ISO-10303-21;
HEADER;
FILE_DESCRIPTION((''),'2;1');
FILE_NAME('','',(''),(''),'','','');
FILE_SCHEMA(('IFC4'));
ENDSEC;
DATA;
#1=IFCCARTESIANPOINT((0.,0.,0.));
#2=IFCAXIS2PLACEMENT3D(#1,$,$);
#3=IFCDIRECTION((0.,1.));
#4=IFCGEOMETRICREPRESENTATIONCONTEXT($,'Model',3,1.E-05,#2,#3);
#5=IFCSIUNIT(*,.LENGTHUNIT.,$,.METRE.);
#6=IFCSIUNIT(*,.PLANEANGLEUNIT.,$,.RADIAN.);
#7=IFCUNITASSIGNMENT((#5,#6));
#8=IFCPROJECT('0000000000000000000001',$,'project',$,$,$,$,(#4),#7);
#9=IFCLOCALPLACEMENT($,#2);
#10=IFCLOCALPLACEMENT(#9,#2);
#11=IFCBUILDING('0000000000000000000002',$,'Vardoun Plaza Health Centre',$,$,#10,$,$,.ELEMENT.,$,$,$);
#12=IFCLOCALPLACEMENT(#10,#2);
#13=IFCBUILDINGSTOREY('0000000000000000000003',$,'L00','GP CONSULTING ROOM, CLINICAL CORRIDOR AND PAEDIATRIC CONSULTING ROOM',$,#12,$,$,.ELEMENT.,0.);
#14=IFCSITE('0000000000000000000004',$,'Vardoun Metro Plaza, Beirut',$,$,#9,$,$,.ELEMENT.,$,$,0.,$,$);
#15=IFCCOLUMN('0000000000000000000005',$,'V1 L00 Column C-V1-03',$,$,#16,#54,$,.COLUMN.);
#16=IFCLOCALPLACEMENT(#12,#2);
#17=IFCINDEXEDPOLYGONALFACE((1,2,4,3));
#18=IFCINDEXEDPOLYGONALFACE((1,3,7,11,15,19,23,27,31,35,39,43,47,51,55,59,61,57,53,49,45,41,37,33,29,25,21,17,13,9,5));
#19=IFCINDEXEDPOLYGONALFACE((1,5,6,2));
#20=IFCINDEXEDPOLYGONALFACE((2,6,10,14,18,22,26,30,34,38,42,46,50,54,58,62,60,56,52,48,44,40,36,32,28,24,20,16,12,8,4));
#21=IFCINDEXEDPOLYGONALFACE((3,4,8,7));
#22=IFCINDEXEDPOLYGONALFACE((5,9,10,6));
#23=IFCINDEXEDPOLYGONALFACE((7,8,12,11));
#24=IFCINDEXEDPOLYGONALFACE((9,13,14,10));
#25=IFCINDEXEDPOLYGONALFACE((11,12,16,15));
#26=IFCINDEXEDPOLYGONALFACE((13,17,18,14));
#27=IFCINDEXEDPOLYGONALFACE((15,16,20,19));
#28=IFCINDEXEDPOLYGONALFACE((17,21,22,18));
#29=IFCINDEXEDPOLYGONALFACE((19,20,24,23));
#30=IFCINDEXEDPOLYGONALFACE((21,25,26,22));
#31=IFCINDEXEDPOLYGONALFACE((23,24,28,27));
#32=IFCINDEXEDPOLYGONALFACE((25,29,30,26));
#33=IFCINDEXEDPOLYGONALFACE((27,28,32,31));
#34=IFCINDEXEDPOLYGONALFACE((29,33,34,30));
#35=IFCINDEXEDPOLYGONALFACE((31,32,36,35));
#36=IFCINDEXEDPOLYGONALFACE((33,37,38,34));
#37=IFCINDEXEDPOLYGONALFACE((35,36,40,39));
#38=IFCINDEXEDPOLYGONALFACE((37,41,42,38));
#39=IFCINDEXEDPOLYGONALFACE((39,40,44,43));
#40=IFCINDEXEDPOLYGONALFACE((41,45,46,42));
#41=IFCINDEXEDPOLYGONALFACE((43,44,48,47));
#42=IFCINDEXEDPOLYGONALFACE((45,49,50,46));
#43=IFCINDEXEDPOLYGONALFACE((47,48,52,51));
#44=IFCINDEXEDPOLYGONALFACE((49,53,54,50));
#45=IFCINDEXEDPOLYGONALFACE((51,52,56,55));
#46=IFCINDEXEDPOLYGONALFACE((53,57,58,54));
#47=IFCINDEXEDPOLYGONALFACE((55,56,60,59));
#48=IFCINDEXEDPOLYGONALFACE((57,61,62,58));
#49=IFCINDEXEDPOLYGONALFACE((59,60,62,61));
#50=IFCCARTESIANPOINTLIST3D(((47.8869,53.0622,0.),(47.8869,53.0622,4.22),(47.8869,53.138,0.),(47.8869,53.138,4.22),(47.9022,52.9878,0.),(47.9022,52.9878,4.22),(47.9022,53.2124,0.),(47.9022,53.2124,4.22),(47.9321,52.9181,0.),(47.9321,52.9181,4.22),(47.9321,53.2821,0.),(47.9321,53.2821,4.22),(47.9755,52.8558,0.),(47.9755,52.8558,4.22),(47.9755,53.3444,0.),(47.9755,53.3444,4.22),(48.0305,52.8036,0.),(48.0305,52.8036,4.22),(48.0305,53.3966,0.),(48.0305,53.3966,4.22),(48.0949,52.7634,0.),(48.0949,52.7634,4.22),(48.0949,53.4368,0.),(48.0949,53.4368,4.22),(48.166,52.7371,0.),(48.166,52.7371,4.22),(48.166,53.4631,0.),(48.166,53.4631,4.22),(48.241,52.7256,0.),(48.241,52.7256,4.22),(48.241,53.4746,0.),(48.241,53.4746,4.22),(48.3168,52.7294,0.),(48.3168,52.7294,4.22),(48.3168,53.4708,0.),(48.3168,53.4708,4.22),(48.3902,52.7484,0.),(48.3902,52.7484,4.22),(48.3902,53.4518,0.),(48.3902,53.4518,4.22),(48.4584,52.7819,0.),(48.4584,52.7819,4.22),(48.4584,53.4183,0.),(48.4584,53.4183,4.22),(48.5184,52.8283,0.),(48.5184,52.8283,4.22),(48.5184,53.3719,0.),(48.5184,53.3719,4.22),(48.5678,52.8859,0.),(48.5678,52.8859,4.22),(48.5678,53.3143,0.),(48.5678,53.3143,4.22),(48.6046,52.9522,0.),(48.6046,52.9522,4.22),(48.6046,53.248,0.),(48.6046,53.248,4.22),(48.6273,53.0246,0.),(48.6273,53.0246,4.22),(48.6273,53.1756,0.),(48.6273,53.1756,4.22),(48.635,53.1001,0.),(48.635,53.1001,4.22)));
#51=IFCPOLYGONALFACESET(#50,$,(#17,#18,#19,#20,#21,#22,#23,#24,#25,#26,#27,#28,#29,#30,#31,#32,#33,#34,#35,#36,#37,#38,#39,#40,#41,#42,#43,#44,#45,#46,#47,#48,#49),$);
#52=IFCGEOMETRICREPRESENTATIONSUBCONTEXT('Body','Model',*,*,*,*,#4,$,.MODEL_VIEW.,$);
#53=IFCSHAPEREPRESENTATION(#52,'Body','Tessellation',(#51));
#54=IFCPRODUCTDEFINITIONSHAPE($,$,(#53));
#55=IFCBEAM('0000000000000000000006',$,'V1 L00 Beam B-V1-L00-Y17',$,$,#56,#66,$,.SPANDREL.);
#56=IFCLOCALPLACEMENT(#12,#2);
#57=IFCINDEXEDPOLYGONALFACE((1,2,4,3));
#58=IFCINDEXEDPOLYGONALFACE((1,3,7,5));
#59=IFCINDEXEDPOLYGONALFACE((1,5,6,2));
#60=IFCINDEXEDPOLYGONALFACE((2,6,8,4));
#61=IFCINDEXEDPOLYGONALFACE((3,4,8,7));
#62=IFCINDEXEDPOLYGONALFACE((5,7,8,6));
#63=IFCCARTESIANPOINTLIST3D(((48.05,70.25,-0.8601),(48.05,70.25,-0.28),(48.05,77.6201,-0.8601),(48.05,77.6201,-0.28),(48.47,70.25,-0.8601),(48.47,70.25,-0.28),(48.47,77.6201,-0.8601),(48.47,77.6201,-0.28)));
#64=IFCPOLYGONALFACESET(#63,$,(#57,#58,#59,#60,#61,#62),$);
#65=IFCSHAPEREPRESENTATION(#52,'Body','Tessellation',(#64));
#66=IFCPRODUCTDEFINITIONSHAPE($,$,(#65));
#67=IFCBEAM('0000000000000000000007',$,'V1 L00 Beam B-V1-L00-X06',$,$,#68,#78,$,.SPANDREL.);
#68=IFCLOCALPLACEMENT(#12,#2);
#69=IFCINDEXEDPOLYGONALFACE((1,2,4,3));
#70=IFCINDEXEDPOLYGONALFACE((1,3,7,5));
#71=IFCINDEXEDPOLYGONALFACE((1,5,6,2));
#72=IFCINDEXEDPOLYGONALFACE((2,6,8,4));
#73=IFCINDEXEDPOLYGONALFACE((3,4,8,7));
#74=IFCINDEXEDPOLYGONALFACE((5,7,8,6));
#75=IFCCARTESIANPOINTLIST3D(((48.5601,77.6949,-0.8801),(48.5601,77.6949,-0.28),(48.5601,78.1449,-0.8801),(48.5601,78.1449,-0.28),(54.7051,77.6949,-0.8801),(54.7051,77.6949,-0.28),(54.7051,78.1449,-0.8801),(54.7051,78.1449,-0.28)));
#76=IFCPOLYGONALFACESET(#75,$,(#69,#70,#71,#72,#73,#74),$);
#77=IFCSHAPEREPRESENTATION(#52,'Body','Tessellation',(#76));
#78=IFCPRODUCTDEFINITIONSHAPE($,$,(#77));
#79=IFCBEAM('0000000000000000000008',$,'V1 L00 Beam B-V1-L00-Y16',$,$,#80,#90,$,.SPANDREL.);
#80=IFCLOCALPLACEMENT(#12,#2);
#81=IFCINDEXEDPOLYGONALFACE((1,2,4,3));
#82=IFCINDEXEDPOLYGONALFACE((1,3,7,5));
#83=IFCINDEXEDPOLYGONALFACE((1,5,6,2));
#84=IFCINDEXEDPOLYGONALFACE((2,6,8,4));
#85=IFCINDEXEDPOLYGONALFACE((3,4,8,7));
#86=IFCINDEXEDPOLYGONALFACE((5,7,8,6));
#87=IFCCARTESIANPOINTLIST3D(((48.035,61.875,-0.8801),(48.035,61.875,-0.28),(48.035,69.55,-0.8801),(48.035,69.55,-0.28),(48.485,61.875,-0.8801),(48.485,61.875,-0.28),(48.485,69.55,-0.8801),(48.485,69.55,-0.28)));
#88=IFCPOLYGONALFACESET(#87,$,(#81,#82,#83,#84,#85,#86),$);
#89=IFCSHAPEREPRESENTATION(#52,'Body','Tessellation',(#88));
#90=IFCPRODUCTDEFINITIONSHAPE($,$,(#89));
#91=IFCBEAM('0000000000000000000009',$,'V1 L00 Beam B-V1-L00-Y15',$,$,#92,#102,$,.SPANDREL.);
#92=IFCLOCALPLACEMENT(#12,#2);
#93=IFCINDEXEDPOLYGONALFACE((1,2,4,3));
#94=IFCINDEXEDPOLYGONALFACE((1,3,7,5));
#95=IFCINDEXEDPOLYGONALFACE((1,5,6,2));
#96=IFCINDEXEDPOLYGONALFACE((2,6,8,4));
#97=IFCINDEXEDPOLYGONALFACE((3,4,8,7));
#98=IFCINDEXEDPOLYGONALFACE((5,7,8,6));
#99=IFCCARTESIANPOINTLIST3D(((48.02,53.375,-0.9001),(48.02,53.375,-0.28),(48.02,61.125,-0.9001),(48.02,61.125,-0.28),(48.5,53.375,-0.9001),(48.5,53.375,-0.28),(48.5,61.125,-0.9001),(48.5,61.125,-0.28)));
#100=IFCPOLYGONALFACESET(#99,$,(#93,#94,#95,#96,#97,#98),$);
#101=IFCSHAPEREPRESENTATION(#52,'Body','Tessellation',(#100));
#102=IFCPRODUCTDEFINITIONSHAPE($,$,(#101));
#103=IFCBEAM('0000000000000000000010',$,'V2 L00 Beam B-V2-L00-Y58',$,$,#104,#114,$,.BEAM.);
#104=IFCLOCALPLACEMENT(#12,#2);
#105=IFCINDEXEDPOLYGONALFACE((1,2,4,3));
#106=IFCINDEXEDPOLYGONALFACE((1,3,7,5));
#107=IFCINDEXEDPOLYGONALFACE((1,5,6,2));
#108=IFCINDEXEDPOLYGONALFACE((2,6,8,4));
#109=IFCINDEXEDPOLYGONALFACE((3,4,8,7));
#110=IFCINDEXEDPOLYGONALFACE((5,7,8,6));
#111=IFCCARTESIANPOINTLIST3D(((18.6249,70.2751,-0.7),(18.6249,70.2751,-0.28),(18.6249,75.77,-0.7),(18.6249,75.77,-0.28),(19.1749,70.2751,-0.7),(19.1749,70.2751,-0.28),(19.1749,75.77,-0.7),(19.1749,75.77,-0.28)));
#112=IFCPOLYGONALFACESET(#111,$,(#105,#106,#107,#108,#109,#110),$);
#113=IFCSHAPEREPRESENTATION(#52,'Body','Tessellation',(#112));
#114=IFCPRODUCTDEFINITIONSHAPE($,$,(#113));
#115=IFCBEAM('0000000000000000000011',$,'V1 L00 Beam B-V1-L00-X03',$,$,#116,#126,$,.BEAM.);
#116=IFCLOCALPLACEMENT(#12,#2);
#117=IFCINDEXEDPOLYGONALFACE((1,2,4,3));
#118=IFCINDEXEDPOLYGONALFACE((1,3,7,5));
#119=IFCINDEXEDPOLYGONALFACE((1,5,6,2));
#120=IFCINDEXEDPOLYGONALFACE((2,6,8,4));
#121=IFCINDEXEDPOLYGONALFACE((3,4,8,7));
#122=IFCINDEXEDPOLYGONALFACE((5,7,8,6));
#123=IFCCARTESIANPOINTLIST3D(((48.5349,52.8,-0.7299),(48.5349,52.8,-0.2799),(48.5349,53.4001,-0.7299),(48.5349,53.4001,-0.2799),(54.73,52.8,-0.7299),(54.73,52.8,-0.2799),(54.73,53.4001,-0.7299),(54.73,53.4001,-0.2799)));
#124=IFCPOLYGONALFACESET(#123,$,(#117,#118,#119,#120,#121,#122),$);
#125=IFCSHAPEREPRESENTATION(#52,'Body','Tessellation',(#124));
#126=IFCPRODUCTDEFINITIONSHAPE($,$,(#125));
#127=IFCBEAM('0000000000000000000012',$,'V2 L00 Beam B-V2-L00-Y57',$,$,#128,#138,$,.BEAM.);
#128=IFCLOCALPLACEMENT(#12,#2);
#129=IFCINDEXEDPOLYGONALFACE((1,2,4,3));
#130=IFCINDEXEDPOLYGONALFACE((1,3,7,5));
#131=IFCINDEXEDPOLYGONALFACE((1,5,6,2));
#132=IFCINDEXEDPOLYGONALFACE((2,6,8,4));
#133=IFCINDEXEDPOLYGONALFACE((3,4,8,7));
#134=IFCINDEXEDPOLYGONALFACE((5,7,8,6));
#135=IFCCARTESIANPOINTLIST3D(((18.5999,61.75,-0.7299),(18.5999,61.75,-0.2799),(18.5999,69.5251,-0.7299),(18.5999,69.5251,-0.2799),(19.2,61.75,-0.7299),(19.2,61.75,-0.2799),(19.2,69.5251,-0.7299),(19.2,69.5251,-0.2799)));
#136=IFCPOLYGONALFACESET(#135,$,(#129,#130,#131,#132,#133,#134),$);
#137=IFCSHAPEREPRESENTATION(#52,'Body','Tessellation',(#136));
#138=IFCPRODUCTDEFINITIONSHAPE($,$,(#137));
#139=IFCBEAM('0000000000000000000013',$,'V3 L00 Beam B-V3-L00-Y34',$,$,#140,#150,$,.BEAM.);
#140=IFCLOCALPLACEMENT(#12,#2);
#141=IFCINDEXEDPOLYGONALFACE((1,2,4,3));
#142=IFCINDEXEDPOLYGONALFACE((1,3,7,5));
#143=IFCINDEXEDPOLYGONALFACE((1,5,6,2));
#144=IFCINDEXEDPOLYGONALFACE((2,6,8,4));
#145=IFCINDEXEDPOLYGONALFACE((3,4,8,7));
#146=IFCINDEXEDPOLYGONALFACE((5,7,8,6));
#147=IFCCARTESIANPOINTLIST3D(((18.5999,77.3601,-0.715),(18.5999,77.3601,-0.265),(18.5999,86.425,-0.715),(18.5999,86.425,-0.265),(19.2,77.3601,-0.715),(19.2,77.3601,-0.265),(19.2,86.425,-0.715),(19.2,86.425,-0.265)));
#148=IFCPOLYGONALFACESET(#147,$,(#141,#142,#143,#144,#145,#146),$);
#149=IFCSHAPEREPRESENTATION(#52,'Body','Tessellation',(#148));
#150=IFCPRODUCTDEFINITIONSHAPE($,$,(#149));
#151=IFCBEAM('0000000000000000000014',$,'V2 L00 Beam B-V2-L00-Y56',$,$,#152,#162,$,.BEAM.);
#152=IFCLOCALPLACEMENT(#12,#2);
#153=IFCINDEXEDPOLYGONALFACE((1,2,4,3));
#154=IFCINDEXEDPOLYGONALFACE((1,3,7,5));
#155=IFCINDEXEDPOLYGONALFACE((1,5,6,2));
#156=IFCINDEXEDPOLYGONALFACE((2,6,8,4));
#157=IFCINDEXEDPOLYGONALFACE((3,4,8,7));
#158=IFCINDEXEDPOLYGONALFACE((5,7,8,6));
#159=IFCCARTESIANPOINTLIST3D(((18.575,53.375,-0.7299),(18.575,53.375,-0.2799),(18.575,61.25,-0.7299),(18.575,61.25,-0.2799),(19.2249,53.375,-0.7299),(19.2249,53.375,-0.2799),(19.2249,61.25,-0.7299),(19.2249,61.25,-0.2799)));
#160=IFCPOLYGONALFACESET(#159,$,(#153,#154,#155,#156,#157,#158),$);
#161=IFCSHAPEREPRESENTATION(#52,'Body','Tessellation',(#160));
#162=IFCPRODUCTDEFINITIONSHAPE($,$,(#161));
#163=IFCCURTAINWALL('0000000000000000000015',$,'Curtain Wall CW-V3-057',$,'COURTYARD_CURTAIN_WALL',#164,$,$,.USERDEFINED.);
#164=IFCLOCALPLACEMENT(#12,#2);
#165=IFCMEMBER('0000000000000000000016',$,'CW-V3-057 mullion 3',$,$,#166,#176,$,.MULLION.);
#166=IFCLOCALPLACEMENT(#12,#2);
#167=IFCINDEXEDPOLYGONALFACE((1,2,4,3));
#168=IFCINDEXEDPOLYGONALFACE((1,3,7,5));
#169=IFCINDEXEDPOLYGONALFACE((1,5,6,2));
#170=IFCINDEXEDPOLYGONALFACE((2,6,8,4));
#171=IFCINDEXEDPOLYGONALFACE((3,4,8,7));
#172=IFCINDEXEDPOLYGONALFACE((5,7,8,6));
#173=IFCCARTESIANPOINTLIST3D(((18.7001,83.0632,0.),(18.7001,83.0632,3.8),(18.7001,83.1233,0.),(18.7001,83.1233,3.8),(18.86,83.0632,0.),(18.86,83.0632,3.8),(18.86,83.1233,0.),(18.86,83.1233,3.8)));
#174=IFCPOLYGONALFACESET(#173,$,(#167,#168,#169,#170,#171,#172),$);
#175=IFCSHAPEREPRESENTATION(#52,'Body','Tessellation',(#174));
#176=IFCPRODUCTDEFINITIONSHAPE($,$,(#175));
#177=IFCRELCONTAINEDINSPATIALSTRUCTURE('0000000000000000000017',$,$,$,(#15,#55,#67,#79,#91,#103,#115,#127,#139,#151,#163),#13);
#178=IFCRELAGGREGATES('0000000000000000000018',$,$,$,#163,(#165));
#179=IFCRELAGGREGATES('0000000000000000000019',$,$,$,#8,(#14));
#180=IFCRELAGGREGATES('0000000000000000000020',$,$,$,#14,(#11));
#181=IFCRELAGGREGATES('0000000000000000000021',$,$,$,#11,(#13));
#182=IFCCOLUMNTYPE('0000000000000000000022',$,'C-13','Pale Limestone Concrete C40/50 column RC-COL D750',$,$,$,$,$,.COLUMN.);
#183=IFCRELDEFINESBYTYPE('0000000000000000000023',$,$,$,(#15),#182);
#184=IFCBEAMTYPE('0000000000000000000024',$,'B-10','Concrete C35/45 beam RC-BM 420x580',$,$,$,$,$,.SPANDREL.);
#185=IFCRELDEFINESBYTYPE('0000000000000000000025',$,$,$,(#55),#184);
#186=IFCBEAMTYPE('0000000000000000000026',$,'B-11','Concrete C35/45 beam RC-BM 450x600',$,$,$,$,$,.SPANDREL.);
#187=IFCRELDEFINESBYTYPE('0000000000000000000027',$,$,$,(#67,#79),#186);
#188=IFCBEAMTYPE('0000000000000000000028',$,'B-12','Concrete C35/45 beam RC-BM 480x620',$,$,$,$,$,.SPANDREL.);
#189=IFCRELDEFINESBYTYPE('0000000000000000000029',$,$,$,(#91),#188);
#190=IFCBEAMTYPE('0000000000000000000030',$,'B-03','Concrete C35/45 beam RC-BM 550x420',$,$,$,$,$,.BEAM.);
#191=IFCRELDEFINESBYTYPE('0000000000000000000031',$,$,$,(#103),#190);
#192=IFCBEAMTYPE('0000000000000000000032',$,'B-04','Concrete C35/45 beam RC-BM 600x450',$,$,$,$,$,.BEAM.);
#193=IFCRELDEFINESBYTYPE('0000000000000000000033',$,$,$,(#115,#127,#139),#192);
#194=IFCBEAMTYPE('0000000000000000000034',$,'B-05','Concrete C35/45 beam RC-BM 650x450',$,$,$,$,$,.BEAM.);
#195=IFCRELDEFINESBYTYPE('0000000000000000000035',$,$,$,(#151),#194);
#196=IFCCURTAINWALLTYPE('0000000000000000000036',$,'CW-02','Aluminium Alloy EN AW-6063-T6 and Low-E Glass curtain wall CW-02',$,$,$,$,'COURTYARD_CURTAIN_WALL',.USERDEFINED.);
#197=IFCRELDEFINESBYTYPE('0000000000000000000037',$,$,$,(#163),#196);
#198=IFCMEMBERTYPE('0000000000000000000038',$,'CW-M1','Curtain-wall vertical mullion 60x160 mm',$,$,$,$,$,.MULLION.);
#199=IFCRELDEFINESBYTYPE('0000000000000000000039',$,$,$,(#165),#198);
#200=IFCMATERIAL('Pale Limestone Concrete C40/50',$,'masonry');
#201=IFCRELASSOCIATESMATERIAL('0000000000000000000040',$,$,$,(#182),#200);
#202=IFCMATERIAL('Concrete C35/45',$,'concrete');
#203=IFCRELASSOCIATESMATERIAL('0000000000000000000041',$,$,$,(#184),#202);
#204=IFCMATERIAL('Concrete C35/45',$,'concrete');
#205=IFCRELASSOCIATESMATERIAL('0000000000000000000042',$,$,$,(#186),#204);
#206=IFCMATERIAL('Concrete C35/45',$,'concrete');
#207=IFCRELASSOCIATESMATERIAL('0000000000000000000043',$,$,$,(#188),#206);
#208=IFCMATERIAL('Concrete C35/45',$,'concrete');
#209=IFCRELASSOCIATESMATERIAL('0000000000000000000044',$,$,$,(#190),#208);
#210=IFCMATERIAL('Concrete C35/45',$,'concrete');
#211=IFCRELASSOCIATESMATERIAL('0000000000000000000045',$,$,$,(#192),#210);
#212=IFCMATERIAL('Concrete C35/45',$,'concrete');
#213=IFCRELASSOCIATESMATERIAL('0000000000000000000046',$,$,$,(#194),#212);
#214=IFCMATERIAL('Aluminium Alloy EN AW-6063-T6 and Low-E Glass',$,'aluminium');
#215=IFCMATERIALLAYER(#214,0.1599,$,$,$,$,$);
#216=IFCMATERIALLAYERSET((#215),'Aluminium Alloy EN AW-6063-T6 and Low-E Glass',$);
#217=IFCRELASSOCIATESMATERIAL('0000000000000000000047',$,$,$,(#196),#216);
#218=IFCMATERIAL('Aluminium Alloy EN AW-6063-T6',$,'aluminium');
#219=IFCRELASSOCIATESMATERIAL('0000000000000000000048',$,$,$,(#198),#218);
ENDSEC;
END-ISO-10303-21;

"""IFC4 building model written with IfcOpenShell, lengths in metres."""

from ifc_helpers import new_model, si_unit, direction, frame, origin, origin_2d, place, context, subcontext, project, spatial, rectangle, circle, extrude, material, layer, layer_set, material_profile, profile_set, type_object, element, aggregate, save


model = new_model("IFC4")

# Units and contexts
model_context = context("Model", 3, precision=1e-05, world=origin(), true_north=direction((0.0, 1.0)))
body_context = subcontext(model_context, "Body", "Model", "MODEL_VIEW")
ifc_project = project(units=[si_unit("LENGTHUNIT", "METRE"), si_unit("PLANEANGLEUNIT", "RADIAN")], contexts=[model_context])

# Site, building, storey
site_placement = place(None, origin())
site = spatial("IfcSite", under=ifc_project, at=site_placement, Name="Vardoun Metro Plaza, Beirut", CompositionType="ELEMENT", RefElevation=0.0)
building_placement = place(site_placement, origin())
building = spatial("IfcBuilding", under=site, at=building_placement, Name="Vardoun Plaza Health Centre", CompositionType="ELEMENT")
storey_placement = place(building_placement, origin())
storey = spatial("IfcBuildingStorey", under=building, at=storey_placement, Name="L00", Description="GP CONSULTING ROOM, CLINICAL CORRIDOR AND PAEDIATRIC CONSULTING ROOM", CompositionType="ELEMENT", Elevation=0.0)

# Column
ifc_material_1 = material(Name="Pale Limestone Concrete C40/50", Category="masonry")
ifc_material_profile_1 = material_profile(ifc_material_1, circle(Radius=0.375, at=origin_2d()), Name="RC-COL D750")
ifc_profile_set_1 = profile_set([ifc_material_profile_1], Name="Pale Limestone Concrete C40/50")
column_type_1 = type_object("IfcColumnType", Name="C-13", Description="Pale Limestone Concrete C40/50 column RC-COL D750", PredefinedType="COLUMN", material=ifc_profile_set_1)
column_1_placement = place(storey_placement, frame((48.26, 53.1001, 0.0), z_axis=(0.0, 0.0, 1.0), x_axis=(1.0, 0.0, 0.0)))
element("IfcColumn", 1, at=column_1_placement, inside=storey, type_object=column_type_1, Name="V1 L00 Column C-V1-03", PredefinedType="COLUMN", context=body_context, shape_type="SweptSolid", body=[
    extrude(circle(Radius=0.375, at=origin_2d()), origin(), (0.0, 0.0, 1.0), 4.22),
])

# Beams
ifc_material_2 = material(Name="Concrete C35/45", Category="concrete")
ifc_material_profile_2 = material_profile(ifc_material_2, rectangle(XDim=0.4199, YDim=0.5801, at=origin_2d()), Name="RC-BM 420x580")
ifc_profile_set_2 = profile_set([ifc_material_profile_2], Name="Concrete C35/45")
beam_type_1 = type_object("IfcBeamType", Name="B-10", Description="Concrete C35/45 beam RC-BM 420x580", PredefinedType="SPANDREL", material=ifc_profile_set_2)
beam_1_placement = place(storey_placement, frame((48.26, 70.25, -0.5701), z_axis=(0.0, 1.0, 0.0), x_axis=(-1.0, 0.0, 0.0)))
element("IfcBeam", 2, at=beam_1_placement, inside=storey, type_object=beam_type_1, Name="V1 L00 Beam B-V1-L00-Y17", PredefinedType="SPANDREL", context=body_context, shape_type="SweptSolid", body=[
    extrude(rectangle(XDim=0.4199, YDim=0.5801, at=origin_2d()), origin(), (0.0, 0.0, 1.0), 7.3701),
])
ifc_material_3 = material(Name="Concrete C35/45", Category="concrete")
ifc_material_profile_3 = material_profile(ifc_material_3, rectangle(XDim=0.45, YDim=0.6001, at=origin_2d()), Name="RC-BM 450x600")
ifc_profile_set_3 = profile_set([ifc_material_profile_3], Name="Concrete C35/45")
beam_type_2 = type_object("IfcBeamType", Name="B-11", Description="Concrete C35/45 beam RC-BM 450x600", PredefinedType="SPANDREL", material=ifc_profile_set_3)
beam_2_placement = place(storey_placement, frame((48.5601, 77.9199, -0.5801), z_axis=(1.0, 0.0, 0.0), x_axis=(0.0, 1.0, 0.0)))
element("IfcBeam", 3, at=beam_2_placement, inside=storey, type_object=beam_type_2, Name="V1 L00 Beam B-V1-L00-X06", PredefinedType="SPANDREL", context=body_context, shape_type="SweptSolid", body=[
    extrude(rectangle(XDim=0.45, YDim=0.6001, at=origin_2d()), origin(), (0.0, 0.0, 1.0), 6.145),
])
beam_3_placement = place(storey_placement, frame((48.26, 61.875, -0.5801), z_axis=(0.0, 1.0, 0.0), x_axis=(-1.0, 0.0, 0.0)))
element("IfcBeam", 4, at=beam_3_placement, inside=storey, type_object=beam_type_2, Name="V1 L00 Beam B-V1-L00-Y16", PredefinedType="SPANDREL", context=body_context, shape_type="SweptSolid", body=[
    extrude(rectangle(XDim=0.45, YDim=0.6001, at=origin_2d()), origin(), (0.0, 0.0, 1.0), 7.675),
])
ifc_material_4 = material(Name="Concrete C35/45", Category="concrete")
ifc_material_profile_4 = material_profile(ifc_material_4, rectangle(XDim=0.48, YDim=0.6201, at=origin_2d()), Name="RC-BM 480x620")
ifc_profile_set_4 = profile_set([ifc_material_profile_4], Name="Concrete C35/45")
beam_type_3 = type_object("IfcBeamType", Name="B-12", Description="Concrete C35/45 beam RC-BM 480x620", PredefinedType="SPANDREL", material=ifc_profile_set_4)
beam_4_placement = place(storey_placement, frame((48.26, 53.375, -0.5901), z_axis=(0.0, 1.0, 0.0), x_axis=(-1.0, 0.0, 0.0)))
element("IfcBeam", 5, at=beam_4_placement, inside=storey, type_object=beam_type_3, Name="V1 L00 Beam B-V1-L00-Y15", PredefinedType="SPANDREL", context=body_context, shape_type="SweptSolid", body=[
    extrude(rectangle(XDim=0.48, YDim=0.6201, at=origin_2d()), origin(), (0.0, 0.0, 1.0), 7.75),
])
ifc_material_5 = material(Name="Concrete C35/45", Category="concrete")
ifc_material_profile_5 = material_profile(ifc_material_5, rectangle(XDim=0.55, YDim=0.4199, at=origin_2d()), Name="RC-BM 550x420")
ifc_profile_set_5 = profile_set([ifc_material_profile_5], Name="Concrete C35/45")
beam_type_4 = type_object("IfcBeamType", Name="B-03", Description="Concrete C35/45 beam RC-BM 550x420", PredefinedType="BEAM", material=ifc_profile_set_5)
beam_5_placement = place(storey_placement, frame((18.8999, 70.2751, -0.49), z_axis=(0.0, 1.0, 0.0), x_axis=(-1.0, 0.0, 0.0)))
element("IfcBeam", 6, at=beam_5_placement, inside=storey, type_object=beam_type_4, Name="V2 L00 Beam B-V2-L00-Y58", PredefinedType="BEAM", context=body_context, shape_type="SweptSolid", body=[
    extrude(rectangle(XDim=0.55, YDim=0.4199, at=origin_2d()), origin(), (0.0, 0.0, 1.0), 5.4949),
])
ifc_material_6 = material(Name="Concrete C35/45", Category="concrete")
ifc_material_profile_6 = material_profile(ifc_material_6, rectangle(XDim=0.6001, YDim=0.45, at=origin_2d()), Name="RC-BM 600x450")
ifc_profile_set_6 = profile_set([ifc_material_profile_6], Name="Concrete C35/45")
beam_type_5 = type_object("IfcBeamType", Name="B-04", Description="Concrete C35/45 beam RC-BM 600x450", PredefinedType="BEAM", material=ifc_profile_set_6)
beam_6_placement = place(storey_placement, frame((48.5349, 53.1001, -0.5049), z_axis=(1.0, 0.0, 0.0), x_axis=(0.0, 1.0, 0.0)))
element("IfcBeam", 7, at=beam_6_placement, inside=storey, type_object=beam_type_5, Name="V1 L00 Beam B-V1-L00-X03", PredefinedType="BEAM", context=body_context, shape_type="SweptSolid", body=[
    extrude(rectangle(XDim=0.6001, YDim=0.45, at=origin_2d()), origin(), (0.0, 0.0, 1.0), 6.1951),
])
beam_7_placement = place(storey_placement, frame((18.8999, 61.75, -0.5049), z_axis=(0.0, 1.0, 0.0), x_axis=(-1.0, 0.0, 0.0)))
element("IfcBeam", 8, at=beam_7_placement, inside=storey, type_object=beam_type_5, Name="V2 L00 Beam B-V2-L00-Y57", PredefinedType="BEAM", context=body_context, shape_type="SweptSolid", body=[
    extrude(rectangle(XDim=0.6001, YDim=0.45, at=origin_2d()), origin(), (0.0, 0.0, 1.0), 7.7751),
])
beam_8_placement = place(storey_placement, frame((18.8999, 77.3601, -0.49), z_axis=(0.0, 1.0, 0.0), x_axis=(-1.0, 0.0, 0.0)))
element("IfcBeam", 9, at=beam_8_placement, inside=storey, type_object=beam_type_5, Name="V3 L00 Beam B-V3-L00-Y34", PredefinedType="BEAM", context=body_context, shape_type="SweptSolid", body=[
    extrude(rectangle(XDim=0.6001, YDim=0.45, at=origin_2d()), origin(), (0.0, 0.0, 1.0), 9.0649),
])
ifc_material_7 = material(Name="Concrete C35/45", Category="concrete")
ifc_material_profile_7 = material_profile(ifc_material_7, rectangle(XDim=0.6499, YDim=0.45, at=origin_2d()), Name="RC-BM 650x450")
ifc_profile_set_7 = profile_set([ifc_material_profile_7], Name="Concrete C35/45")
beam_type_6 = type_object("IfcBeamType", Name="B-05", Description="Concrete C35/45 beam RC-BM 650x450", PredefinedType="BEAM", material=ifc_profile_set_7)
beam_9_placement = place(storey_placement, frame((18.8999, 53.375, -0.5049), z_axis=(0.0, 1.0, 0.0), x_axis=(-1.0, 0.0, 0.0)))
element("IfcBeam", 10, at=beam_9_placement, inside=storey, type_object=beam_type_6, Name="V2 L00 Beam B-V2-L00-Y56", PredefinedType="BEAM", context=body_context, shape_type="SweptSolid", body=[
    extrude(rectangle(XDim=0.6499, YDim=0.45, at=origin_2d()), origin(), (0.0, 0.0, 1.0), 7.875),
])

# Curtain wall, member
ifc_material_8 = material(Name="Aluminium Alloy EN AW-6063-T6 and Low-E Glass", Category="aluminium")
ifc_layer_1 = layer(ifc_material_8, 0.1599)
ifc_layer_set_1 = layer_set([ifc_layer_1], Name="Aluminium Alloy EN AW-6063-T6 and Low-E Glass")
curtain_wall_type = type_object("IfcCurtainWallType", Name="CW-02", Description="Aluminium Alloy EN AW-6063-T6 and Low-E Glass curtain wall CW-02", ElementType="COURTYARD_CURTAIN_WALL", PredefinedType="USERDEFINED", material=ifc_layer_set_1)
curtain_wall_1_placement = place(storey_placement, origin())
curtain_wall_1 = element("IfcCurtainWall", 11, at=curtain_wall_1_placement, inside=storey, type_object=curtain_wall_type, Name="Curtain Wall CW-V3-057", ObjectType="COURTYARD_CURTAIN_WALL", PredefinedType="USERDEFINED")
ifc_material_9 = material(Name="Aluminium Alloy EN AW-6063-T6", Category="aluminium")
ifc_material_profile_8 = material_profile(ifc_material_9, rectangle(XDim=0.1599, YDim=0.0601, at=origin_2d()), Name="CWM 60x160")
ifc_profile_set_8 = profile_set([ifc_material_profile_8], Name="Aluminium Alloy EN AW-6063-T6")
member_type_1 = type_object("IfcMemberType", Name="CW-M1", Description="Curtain-wall vertical mullion 60x160 mm", PredefinedType="MULLION", material=ifc_profile_set_8)
member_1_placement = place(storey_placement, frame((18.78, 83.0933, 0.0), z_axis=(0.0, 0.0, 1.0), x_axis=(1.0, 0.0, 0.0)))
member_1 = element("IfcMember", 12, at=member_1_placement, type_object=member_type_1, Name="CW-V3-057 mullion 3", PredefinedType="MULLION", context=body_context, shape_type="SweptSolid", body=[
    extrude(rectangle(XDim=0.1599, YDim=0.0601, at=origin_2d()), origin(), (0.0, 0.0, 1.0), 3.8),
])

aggregate(curtain_wall_1, [member_1])

save(model, "model.ifc")
